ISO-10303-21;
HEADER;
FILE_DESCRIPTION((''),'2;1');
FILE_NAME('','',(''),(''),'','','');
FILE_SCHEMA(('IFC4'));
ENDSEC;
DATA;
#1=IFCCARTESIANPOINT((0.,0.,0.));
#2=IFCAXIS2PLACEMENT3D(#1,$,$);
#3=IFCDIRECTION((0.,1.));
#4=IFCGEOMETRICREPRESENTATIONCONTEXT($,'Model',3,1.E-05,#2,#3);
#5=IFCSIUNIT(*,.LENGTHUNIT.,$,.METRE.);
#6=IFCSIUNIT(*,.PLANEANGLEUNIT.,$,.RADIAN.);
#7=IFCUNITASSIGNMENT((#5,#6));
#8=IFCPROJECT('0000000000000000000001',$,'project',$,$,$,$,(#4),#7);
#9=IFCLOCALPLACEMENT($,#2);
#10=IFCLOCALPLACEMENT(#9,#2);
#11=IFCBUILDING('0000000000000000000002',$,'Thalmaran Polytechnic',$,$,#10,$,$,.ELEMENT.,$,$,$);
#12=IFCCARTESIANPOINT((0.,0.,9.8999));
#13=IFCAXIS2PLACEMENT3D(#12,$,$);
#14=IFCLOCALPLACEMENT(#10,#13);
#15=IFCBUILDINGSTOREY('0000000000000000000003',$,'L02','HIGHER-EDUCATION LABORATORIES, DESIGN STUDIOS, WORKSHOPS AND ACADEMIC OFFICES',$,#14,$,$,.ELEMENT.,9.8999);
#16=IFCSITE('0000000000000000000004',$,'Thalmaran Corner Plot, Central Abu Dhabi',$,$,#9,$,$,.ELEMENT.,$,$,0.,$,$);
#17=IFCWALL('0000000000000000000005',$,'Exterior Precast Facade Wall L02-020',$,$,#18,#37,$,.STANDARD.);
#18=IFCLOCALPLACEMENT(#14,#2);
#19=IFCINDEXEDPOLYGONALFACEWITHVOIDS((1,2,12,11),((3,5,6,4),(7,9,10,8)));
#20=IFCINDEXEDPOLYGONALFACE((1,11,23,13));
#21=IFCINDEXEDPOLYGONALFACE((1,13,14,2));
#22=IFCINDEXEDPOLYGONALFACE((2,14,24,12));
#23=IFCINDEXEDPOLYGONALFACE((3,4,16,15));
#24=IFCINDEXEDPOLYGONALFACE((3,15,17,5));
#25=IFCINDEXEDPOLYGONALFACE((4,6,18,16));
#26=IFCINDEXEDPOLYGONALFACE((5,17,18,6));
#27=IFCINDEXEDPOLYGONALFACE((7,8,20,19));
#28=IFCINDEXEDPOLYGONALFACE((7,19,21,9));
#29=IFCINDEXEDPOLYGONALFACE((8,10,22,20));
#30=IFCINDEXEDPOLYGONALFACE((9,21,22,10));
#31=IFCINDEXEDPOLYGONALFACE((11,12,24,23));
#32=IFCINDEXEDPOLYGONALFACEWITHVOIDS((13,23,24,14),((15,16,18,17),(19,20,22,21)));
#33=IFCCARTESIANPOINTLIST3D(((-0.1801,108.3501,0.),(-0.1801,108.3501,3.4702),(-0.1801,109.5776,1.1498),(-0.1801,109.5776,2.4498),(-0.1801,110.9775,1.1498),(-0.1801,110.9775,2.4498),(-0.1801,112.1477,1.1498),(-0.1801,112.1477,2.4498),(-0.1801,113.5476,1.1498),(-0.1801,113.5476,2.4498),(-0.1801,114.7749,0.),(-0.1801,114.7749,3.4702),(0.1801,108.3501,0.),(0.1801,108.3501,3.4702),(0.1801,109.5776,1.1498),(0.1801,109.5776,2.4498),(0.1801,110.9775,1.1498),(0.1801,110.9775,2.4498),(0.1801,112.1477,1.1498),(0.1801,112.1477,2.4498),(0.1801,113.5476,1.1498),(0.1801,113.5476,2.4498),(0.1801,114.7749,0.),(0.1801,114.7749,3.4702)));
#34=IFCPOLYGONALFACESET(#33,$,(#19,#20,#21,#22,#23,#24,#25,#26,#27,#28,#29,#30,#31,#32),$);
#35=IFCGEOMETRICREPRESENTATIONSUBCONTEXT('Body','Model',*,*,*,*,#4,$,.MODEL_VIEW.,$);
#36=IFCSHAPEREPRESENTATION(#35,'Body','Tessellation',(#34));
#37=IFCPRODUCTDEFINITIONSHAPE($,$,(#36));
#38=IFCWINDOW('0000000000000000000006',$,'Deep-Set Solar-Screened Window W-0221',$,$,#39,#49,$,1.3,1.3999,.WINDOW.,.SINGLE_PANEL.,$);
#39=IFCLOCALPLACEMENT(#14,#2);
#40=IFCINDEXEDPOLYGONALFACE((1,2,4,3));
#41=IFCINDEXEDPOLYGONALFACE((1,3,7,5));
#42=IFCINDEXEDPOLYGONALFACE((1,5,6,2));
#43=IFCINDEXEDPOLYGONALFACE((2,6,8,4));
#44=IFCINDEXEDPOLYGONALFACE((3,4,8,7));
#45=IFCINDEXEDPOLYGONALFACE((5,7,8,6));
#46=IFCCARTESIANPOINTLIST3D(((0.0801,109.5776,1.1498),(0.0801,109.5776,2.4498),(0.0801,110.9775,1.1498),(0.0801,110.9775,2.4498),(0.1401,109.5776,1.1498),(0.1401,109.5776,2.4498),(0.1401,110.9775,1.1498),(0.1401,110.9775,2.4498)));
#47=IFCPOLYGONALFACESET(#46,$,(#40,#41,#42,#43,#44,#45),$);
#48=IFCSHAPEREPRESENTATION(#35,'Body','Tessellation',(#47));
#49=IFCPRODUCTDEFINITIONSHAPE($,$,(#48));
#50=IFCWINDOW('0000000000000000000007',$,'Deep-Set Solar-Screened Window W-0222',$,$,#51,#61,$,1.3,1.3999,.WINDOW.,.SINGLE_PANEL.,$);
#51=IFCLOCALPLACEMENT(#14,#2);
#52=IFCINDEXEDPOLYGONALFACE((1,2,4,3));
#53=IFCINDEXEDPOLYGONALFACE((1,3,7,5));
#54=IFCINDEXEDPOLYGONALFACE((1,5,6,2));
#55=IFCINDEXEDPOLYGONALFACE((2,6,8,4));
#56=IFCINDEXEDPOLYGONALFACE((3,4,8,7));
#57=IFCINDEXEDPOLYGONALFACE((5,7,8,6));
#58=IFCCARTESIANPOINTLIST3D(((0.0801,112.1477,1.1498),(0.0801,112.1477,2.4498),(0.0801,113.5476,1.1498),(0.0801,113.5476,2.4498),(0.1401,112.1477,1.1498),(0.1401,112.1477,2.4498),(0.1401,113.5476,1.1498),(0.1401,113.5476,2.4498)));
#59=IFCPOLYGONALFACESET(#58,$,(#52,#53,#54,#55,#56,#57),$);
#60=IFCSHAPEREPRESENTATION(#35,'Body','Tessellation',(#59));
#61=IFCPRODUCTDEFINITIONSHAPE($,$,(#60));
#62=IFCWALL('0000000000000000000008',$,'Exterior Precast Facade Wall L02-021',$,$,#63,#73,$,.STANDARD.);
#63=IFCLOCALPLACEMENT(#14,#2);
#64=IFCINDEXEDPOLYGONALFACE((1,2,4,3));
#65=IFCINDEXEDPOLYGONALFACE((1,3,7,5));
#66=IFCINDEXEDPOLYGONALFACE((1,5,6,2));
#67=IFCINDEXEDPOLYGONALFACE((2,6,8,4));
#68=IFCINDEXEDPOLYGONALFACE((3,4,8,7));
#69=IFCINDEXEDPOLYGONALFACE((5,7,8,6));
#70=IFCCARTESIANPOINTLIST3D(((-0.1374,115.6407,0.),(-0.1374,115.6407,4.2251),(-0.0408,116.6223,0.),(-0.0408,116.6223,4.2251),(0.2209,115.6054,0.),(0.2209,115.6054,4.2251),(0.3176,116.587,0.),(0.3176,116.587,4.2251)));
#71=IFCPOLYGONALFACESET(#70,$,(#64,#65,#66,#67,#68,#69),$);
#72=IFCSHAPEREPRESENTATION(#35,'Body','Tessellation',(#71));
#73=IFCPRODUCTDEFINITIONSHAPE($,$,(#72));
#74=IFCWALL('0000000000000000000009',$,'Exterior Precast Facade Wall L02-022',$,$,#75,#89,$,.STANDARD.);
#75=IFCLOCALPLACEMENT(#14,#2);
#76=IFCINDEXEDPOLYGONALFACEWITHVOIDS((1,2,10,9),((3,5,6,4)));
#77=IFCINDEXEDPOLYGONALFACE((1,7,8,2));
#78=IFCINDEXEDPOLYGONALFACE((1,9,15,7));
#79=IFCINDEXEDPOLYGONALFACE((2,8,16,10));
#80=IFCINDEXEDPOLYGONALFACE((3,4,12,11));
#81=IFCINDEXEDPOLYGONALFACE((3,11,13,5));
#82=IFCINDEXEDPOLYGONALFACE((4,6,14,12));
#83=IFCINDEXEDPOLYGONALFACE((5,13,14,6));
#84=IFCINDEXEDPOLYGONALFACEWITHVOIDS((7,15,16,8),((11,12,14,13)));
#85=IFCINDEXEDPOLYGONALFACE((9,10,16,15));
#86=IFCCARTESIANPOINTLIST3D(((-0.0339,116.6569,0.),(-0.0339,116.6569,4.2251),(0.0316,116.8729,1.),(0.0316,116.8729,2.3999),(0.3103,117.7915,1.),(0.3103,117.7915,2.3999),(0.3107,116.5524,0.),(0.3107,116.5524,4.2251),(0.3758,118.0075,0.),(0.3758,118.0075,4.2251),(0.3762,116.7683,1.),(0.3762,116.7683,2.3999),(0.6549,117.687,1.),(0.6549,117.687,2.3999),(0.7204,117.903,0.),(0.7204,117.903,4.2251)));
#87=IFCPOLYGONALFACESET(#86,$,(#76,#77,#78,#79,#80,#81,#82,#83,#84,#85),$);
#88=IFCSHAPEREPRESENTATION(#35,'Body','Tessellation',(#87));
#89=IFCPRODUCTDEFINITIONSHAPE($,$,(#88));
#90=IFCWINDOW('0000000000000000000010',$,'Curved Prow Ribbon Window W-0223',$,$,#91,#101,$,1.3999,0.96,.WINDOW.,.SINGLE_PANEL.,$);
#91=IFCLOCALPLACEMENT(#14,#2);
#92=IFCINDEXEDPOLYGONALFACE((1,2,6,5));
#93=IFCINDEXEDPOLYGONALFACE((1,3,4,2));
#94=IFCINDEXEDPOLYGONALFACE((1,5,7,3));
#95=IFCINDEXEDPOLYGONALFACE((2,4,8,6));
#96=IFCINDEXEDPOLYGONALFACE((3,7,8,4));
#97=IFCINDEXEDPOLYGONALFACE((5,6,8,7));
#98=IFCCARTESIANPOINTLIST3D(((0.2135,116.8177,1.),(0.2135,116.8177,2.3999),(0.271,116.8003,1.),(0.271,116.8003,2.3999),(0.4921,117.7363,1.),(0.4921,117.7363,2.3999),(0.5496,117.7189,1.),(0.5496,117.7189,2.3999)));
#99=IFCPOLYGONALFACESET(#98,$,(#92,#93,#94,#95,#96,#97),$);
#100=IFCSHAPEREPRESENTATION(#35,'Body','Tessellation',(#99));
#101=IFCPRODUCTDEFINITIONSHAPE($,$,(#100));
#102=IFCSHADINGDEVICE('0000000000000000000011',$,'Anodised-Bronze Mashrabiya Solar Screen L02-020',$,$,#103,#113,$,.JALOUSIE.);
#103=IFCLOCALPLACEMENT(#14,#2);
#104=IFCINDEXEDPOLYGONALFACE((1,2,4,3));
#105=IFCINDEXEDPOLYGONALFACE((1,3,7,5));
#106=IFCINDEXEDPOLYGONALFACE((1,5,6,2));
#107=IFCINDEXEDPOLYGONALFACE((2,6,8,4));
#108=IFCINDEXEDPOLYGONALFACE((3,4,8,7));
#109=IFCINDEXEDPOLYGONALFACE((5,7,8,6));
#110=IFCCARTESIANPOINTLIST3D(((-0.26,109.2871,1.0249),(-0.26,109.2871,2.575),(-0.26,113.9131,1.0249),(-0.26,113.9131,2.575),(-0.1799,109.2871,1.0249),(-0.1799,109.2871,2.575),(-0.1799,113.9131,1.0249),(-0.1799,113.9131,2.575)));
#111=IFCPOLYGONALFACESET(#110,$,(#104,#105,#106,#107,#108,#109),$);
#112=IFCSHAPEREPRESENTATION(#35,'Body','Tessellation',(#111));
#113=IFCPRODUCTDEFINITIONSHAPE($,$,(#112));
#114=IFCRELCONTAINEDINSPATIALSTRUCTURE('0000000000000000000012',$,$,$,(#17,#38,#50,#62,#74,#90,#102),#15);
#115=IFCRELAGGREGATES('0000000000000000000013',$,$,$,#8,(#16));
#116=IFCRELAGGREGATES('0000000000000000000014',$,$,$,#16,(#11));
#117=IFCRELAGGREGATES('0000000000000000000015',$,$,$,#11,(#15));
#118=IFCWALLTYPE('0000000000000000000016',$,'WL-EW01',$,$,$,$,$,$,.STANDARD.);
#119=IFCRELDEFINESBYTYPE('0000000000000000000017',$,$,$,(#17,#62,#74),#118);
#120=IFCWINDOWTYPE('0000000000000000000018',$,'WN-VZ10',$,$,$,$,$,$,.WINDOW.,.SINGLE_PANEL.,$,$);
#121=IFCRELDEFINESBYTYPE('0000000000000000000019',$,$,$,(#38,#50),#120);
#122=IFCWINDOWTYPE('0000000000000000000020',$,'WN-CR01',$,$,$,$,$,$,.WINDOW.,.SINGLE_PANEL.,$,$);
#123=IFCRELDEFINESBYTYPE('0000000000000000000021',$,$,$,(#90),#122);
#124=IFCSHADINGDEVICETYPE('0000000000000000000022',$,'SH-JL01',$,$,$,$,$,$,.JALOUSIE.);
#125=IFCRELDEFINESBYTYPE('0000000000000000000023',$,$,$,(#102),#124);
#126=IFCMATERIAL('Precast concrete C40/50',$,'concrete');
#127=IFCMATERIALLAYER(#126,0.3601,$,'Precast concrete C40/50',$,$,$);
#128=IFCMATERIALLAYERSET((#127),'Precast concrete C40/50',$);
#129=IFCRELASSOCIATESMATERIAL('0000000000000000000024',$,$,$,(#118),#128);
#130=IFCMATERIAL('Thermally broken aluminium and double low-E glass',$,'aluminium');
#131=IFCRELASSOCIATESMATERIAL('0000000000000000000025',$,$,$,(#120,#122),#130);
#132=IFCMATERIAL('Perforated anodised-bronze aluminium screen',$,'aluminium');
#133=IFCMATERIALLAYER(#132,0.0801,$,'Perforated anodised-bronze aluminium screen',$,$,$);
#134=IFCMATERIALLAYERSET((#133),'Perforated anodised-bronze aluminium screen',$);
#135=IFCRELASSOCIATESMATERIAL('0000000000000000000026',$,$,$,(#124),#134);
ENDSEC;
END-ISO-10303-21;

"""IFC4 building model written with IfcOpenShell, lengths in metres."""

from ifc_helpers import new_model, si_unit, direction, frame, frame_2d, origin, origin_2d, place, context, subcontext, project, spatial, rectangle, extrude, material, layer, layer_set, type_object, element, fill, save


model = new_model("IFC4")

# Units and contexts
model_context = context("Model", 3, precision=1e-05, world=origin(), true_north=direction((0.0, 1.0)))
body_context = subcontext(model_context, "Body", "Model", "MODEL_VIEW")
ifc_project = project(units=[si_unit("LENGTHUNIT", "METRE"), si_unit("PLANEANGLEUNIT", "RADIAN")], contexts=[model_context])

# Site, building, storey
site_placement = place(None, origin())
site = spatial("IfcSite", under=ifc_project, at=site_placement, Name="Thalmaran Corner Plot, Central Abu Dhabi", CompositionType="ELEMENT", RefElevation=0.0)
building_placement = place(site_placement, origin())
building = spatial("IfcBuilding", under=site, at=building_placement, Name="Thalmaran Polytechnic", CompositionType="ELEMENT")
storey_placement = place(building_placement, frame((0.0, 0.0, 9.8999)))
storey = spatial("IfcBuildingStorey", under=building, at=storey_placement, Name="L02", Description="HIGHER-EDUCATION LABORATORIES, DESIGN STUDIOS, WORKSHOPS AND ACADEMIC OFFICES", CompositionType="ELEMENT", Elevation=9.8999)

# Wall, openings, windows
ifc_material_1 = material(Name="Precast concrete C40/50", Category="concrete")
ifc_layer_1 = layer(ifc_material_1, 0.3601, Name="Precast concrete C40/50")
ifc_layer_set_1 = layer_set([ifc_layer_1], Name="Precast concrete C40/50")
wall_type = type_object("IfcWallType", Name="WL-EW01", PredefinedType="STANDARD", material=ifc_layer_set_1)
wall_1_placement = place(storey_placement, frame((0.0, 108.3501, 0.0), z_axis=(0.0, 0.0, 1.0), x_axis=(0.0, 1.0, 0.0)))
wall_1 = element("IfcWall", 1, at=wall_1_placement, inside=storey, type_object=wall_type, Name="Exterior Precast Facade Wall L02-020", PredefinedType="STANDARD", context=body_context, shape_type="SweptSolid", body=[
    extrude(rectangle(XDim=6.4248, YDim=0.3601, at=frame_2d((3.2124, 0.0))), origin(), (0.0, 0.0, 1.0), 3.4702),
])
opening_1_placement = place(wall_1_placement, frame((1.2275, 0.0, 1.1499)))
opening_1 = element("IfcOpeningElement", 2, at=opening_1_placement, cuts=wall_1, PredefinedType="OPENING", context=body_context, shape_type="SweptSolid", body=[
    extrude(rectangle(XDim=1.3999, YDim=1.3, at=frame_2d((0.7, 0.6499))), frame((0.0, 0.1899, 0.0), z_axis=(0.0, -1.0, 0.0), x_axis=(1.0, 0.0, 0.0)), (0.0, 0.0, 1.0), 0.3801),
])
opening_2_placement = place(wall_1_placement, frame((3.7976, 0.0, 1.1499)))
opening_2 = element("IfcOpeningElement", 3, at=opening_2_placement, cuts=wall_1, PredefinedType="OPENING", context=body_context, shape_type="SweptSolid", body=[
    extrude(rectangle(XDim=1.3999, YDim=1.3, at=frame_2d((0.7, 0.6499))), frame((0.0, 0.1899, 0.0), z_axis=(0.0, -1.0, 0.0), x_axis=(1.0, 0.0, 0.0)), (0.0, 0.0, 1.0), 0.3801),
])
ifc_material_2 = material(Name="Thermally broken aluminium and double low-E glass", Category="aluminium")
window_type_1 = type_object("IfcWindowType", Name="WN-VZ10", PartitioningType="SINGLE_PANEL", PredefinedType="WINDOW", material=ifc_material_2)
window_1_placement = place(opening_1_placement, origin())
window_1 = element("IfcWindow", 4, at=window_1_placement, inside=storey, type_object=window_type_1, Name="Deep-Set Solar-Screened Window W-0221", OverallHeight=1.3, OverallWidth=1.3999, PartitioningType="SINGLE_PANEL", PredefinedType="WINDOW", context=body_context, shape_type="SweptSolid", body=[
    extrude(rectangle(XDim=1.3999, YDim=1.3, at=frame_2d((0.7, 0.6499))), frame((0.0, -0.0801, 0.0), z_axis=(0.0, -1.0, 0.0), x_axis=(1.0, 0.0, 0.0)), (0.0, 0.0, 1.0), 0.0601),
])
fill(opening_1, window_1)
window_2_placement = place(opening_2_placement, origin())
window_2 = element("IfcWindow", 5, at=window_2_placement, inside=storey, type_object=window_type_1, Name="Deep-Set Solar-Screened Window W-0222", OverallHeight=1.3, OverallWidth=1.3999, PartitioningType="SINGLE_PANEL", PredefinedType="WINDOW", context=body_context, shape_type="SweptSolid", body=[
    extrude(rectangle(XDim=1.3999, YDim=1.3, at=frame_2d((0.7, 0.6499))), frame((0.0, -0.0801, 0.0), z_axis=(0.0, -1.0, 0.0), x_axis=(1.0, 0.0, 0.0)), (0.0, 0.0, 1.0), 0.0601),
])
fill(opening_2, window_2)

# Wall
wall_2_placement = place(storey_placement, frame((0.0417, 115.623, 0.0), z_axis=(0.0, 0.0, 1.0), x_axis=(0.098009, 0.995186, 0.0)))
element("IfcWall", 6, at=wall_2_placement, inside=storey, type_object=wall_type, Name="Exterior Precast Facade Wall L02-021", PredefinedType="STANDARD", context=body_context, shape_type="SweptSolid", body=[
    extrude(rectangle(XDim=0.9863, YDim=0.3601, at=frame_2d((0.4932, 0.0))), origin(), (0.0, 0.0, 1.0), 4.2251),
])

# Wall, opening, window
wall_3_placement = place(storey_placement, frame((0.1384, 116.6047, 0.0), z_axis=(0.0, 0.0, 1.0), x_axis=(0.290267, 0.956946, 0.0)))
wall_3 = element("IfcWall", 7, at=wall_3_placement, inside=storey, type_object=wall_type, Name="Exterior Precast Facade Wall L02-022", PredefinedType="STANDARD", context=body_context, shape_type="SweptSolid", body=[
    extrude(rectangle(XDim=1.4114, YDim=0.3601, at=frame_2d((0.7056, 0.0))), origin(), (0.0, 0.0, 1.0), 4.2251),
])
opening_3_placement = place(wall_3_placement, frame((0.2256, 0.0, 1.0)))
opening_3 = element("IfcOpeningElement", 8, at=opening_3_placement, cuts=wall_3, PredefinedType="OPENING", context=body_context, shape_type="SweptSolid", body=[
    extrude(rectangle(XDim=0.96, YDim=1.3999, at=frame_2d((0.48, 0.7))), frame((0.0, 0.1899, 0.0), z_axis=(0.0, -1.0, 0.0), x_axis=(1.0, 0.0, 0.0)), (0.0, 0.0, 1.0), 0.3801),
])
window_type_2 = type_object("IfcWindowType", Name="WN-CR01", PartitioningType="SINGLE_PANEL", PredefinedType="WINDOW", material=ifc_material_2)
window_3_placement = place(opening_3_placement, origin())
window_3 = element("IfcWindow", 9, at=window_3_placement, inside=storey, type_object=window_type_2, Name="Curved Prow Ribbon Window W-0223", OverallHeight=1.3999, OverallWidth=0.96, PartitioningType="SINGLE_PANEL", PredefinedType="WINDOW", context=body_context, shape_type="SweptSolid", body=[
    extrude(rectangle(XDim=0.96, YDim=1.3999, at=frame_2d((0.48, 0.7))), frame((0.0, -0.01, 0.0), z_axis=(0.0, -1.0, 0.0), x_axis=(1.0, 0.0, 0.0)), (0.0, 0.0, 1.0), 0.0601),
])
fill(opening_3, window_3)

# Shading device
ifc_material_3 = material(Name="Perforated anodised-bronze aluminium screen", Category="aluminium")
ifc_layer_2 = layer(ifc_material_3, 0.0801, Name="Perforated anodised-bronze aluminium screen")
ifc_layer_set_2 = layer_set([ifc_layer_2], Name="Perforated anodised-bronze aluminium screen")
shading_device_type = type_object("IfcShadingDeviceType", Name="SH-JL01", PredefinedType="JALOUSIE", material=ifc_layer_set_2)
shading_device_placement = place(storey_placement, frame((-0.22, 111.6001, 1.0249), z_axis=(0.0, 0.0, 1.0), x_axis=(0.0, 1.0, 0.0)))
element("IfcShadingDevice", 10, at=shading_device_placement, inside=storey, type_object=shading_device_type, Name="Anodised-Bronze Mashrabiya Solar Screen L02-020", PredefinedType="JALOUSIE", context=body_context, shape_type="SweptSolid", body=[
    extrude(rectangle(XDim=4.626, YDim=0.0801, at=origin_2d()), origin(), (0.0, 0.0, 1.0), 1.55),
])

save(model, "model.ifc")
